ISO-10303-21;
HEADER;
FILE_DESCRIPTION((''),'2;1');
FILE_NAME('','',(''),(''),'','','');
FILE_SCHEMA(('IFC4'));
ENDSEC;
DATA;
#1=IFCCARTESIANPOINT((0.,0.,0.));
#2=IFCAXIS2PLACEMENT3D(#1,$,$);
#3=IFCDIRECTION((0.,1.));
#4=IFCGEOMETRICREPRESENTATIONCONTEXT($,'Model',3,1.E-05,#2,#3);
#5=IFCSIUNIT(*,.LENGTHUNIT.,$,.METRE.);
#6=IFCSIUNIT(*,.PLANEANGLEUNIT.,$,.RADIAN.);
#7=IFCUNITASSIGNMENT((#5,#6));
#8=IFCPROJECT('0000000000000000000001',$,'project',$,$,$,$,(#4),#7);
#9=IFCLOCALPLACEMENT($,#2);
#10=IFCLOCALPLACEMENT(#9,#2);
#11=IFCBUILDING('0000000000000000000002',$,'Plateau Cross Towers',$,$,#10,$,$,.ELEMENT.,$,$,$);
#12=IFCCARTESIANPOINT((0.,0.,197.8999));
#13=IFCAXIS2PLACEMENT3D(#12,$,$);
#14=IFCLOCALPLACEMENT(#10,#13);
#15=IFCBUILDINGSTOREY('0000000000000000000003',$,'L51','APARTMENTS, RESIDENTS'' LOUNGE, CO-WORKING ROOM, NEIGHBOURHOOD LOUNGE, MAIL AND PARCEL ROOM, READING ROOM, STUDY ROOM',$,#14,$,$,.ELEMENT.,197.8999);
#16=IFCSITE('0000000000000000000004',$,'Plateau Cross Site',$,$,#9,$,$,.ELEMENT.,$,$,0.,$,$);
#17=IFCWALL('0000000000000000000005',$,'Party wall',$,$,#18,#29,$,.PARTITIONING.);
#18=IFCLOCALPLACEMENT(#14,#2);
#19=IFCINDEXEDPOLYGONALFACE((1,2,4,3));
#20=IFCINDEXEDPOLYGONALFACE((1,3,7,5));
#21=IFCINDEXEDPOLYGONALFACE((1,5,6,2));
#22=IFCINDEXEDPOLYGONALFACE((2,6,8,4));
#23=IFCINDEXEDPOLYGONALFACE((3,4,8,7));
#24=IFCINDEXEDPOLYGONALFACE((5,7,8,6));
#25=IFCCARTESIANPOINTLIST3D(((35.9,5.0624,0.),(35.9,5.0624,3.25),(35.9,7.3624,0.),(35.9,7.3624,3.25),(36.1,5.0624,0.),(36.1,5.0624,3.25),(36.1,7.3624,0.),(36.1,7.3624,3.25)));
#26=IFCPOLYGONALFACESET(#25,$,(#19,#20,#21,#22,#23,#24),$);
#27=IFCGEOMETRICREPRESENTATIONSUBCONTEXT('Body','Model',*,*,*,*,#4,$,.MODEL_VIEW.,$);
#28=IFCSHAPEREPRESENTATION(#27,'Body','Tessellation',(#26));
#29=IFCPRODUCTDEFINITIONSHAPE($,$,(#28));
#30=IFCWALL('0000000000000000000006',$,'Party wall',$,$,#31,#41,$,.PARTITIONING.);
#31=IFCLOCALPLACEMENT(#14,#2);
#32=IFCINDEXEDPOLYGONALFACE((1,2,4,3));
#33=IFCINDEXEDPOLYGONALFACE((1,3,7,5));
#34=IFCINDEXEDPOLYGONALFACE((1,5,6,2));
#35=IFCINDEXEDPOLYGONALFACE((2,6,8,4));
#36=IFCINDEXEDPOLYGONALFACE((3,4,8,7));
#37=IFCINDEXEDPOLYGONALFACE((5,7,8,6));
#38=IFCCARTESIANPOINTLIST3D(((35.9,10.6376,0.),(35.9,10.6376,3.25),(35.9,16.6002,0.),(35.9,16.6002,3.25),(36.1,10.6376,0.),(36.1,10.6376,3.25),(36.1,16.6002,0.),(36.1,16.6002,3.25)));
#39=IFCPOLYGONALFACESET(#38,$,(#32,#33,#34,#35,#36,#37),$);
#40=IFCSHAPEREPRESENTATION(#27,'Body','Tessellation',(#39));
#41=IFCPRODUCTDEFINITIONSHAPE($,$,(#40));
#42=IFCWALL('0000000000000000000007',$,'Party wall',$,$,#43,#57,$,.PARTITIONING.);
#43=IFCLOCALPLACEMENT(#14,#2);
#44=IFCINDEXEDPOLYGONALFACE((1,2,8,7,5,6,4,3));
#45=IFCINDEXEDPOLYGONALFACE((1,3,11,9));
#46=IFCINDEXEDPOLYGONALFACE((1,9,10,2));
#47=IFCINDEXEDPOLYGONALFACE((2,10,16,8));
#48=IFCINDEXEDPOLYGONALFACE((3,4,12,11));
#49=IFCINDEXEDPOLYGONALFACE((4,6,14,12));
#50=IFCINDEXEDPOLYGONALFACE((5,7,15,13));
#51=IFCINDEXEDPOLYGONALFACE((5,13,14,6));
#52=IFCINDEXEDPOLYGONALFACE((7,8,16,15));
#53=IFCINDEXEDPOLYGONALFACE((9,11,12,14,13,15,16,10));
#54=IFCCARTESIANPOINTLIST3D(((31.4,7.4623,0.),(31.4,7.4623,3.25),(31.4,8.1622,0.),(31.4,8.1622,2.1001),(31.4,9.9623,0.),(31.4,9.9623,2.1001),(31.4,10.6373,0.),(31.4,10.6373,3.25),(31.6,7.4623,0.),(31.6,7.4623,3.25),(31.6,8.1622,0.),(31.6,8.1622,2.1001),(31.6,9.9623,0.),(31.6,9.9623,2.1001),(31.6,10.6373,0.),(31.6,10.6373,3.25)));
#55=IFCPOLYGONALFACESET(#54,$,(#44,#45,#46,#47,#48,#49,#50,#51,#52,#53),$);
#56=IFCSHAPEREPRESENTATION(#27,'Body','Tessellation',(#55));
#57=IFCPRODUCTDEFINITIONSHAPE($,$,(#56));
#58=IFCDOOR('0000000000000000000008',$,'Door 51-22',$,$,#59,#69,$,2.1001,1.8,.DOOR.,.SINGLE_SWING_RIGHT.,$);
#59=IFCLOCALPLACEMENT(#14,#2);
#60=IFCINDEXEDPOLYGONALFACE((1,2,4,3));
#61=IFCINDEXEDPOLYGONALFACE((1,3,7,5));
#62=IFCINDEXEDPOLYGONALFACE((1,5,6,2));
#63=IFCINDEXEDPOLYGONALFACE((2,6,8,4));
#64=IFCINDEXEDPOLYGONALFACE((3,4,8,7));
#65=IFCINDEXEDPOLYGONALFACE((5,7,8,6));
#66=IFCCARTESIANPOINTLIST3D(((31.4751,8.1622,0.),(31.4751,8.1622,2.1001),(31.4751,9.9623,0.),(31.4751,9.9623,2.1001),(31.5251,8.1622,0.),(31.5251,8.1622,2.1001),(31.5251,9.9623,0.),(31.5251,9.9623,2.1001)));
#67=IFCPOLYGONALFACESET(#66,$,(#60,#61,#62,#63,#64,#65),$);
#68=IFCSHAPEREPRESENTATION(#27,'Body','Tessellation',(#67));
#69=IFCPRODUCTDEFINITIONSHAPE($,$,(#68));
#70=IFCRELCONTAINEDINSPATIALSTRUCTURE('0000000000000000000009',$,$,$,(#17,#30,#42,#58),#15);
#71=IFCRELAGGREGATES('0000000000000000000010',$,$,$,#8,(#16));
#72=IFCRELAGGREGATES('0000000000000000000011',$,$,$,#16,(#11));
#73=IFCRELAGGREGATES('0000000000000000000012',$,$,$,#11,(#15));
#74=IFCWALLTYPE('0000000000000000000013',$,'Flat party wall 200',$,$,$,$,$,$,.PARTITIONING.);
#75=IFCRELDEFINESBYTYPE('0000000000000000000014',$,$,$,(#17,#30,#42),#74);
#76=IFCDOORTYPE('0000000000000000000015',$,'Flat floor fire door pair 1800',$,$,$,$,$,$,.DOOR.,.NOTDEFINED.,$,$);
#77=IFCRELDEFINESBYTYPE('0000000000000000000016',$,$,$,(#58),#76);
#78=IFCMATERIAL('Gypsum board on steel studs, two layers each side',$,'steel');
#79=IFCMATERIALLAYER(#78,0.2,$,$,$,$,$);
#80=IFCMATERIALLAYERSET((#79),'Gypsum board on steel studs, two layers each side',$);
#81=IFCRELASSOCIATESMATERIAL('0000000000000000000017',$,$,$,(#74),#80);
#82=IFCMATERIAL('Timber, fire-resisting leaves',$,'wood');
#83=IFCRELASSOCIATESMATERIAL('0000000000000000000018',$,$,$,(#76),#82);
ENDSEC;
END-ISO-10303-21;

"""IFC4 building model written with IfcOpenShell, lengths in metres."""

from ifc_helpers import new_model, si_unit, direction, frame, frame_2d, origin, place, context, subcontext, project, spatial, rectangle, extrude, material, layer, layer_set, type_object, element, fill, save


model = new_model("IFC4")

# Units and contexts
model_context = context("Model", 3, precision=1e-05, world=origin(), true_north=direction((0.0, 1.0)))
body_context = subcontext(model_context, "Body", "Model", "MODEL_VIEW")
ifc_project = project(units=[si_unit("LENGTHUNIT", "METRE"), si_unit("PLANEANGLEUNIT", "RADIAN")], contexts=[model_context])

# Site, building, storey
site_placement = place(None, origin())
site = spatial("IfcSite", under=ifc_project, at=site_placement, Name="Plateau Cross Site", CompositionType="ELEMENT", RefElevation=0.0)
building_placement = place(site_placement, origin())
building = spatial("IfcBuilding", under=site, at=building_placement, Name="Plateau Cross Towers", CompositionType="ELEMENT")
storey_placement = place(building_placement, frame((0.0, 0.0, 197.8999)))
storey = spatial("IfcBuildingStorey", under=building, at=storey_placement, Name="L51", Description="APARTMENTS, RESIDENTS' LOUNGE, CO-WORKING ROOM, NEIGHBOURHOOD LOUNGE, MAIL AND PARCEL ROOM, READING ROOM, STUDY ROOM", CompositionType="ELEMENT", Elevation=197.8999)

# Walls
ifc_material_1 = material(Name="Gypsum board on steel studs, two layers each side", Category="steel")
ifc_layer_1 = layer(ifc_material_1, 0.2)
ifc_layer_set_1 = layer_set([ifc_layer_1], Name="Gypsum board on steel studs, two layers each side")
wall_type_1 = type_object("IfcWallType", Name="Flat party wall 200", PredefinedType="PARTITIONING", material=ifc_layer_set_1)
wall_1_placement = place(storey_placement, frame((36.0, 5.0625, 0.0), z_axis=(0.0, 0.0, 1.0), x_axis=(0.0, 1.0, 0.0)))
element("IfcWall", 1, at=wall_1_placement, inside=storey, type_object=wall_type_1, Name="Party wall", PredefinedType="PARTITIONING", context=body_context, shape_type="SweptSolid", body=[
    extrude(rectangle(XDim=2.3, YDim=0.2, at=frame_2d((1.1499, 0.0))), origin(), (0.0, 0.0, 1.0), 3.25),
])
wall_2_placement = place(storey_placement, frame((36.0, 10.6375, 0.0), z_axis=(0.0, 0.0, 1.0), x_axis=(0.0, 1.0, 0.0)))
element("IfcWall", 2, at=wall_2_placement, inside=storey, type_object=wall_type_1, Name="Party wall", PredefinedType="PARTITIONING", context=body_context, shape_type="SweptSolid", body=[
    extrude(rectangle(XDim=5.9626, YDim=0.2, at=frame_2d((2.9814, 0.0))), origin(), (0.0, 0.0, 1.0), 3.25),
])

# Wall, opening, door
wall_3_placement = place(storey_placement, frame((31.5, 7.4624, 0.0), z_axis=(0.0, 0.0, 1.0), x_axis=(0.0, 1.0, 0.0)))
wall_3 = element("IfcWall", 3, at=wall_3_placement, inside=storey, type_object=wall_type_1, Name="Party wall", PredefinedType="PARTITIONING", context=body_context, shape_type="SweptSolid", body=[
    extrude(rectangle(XDim=3.175, YDim=0.2, at=frame_2d((1.5874, 0.0))), origin(), (0.0, 0.0, 1.0), 3.25),
])
opening_1_placement = place(wall_3_placement, frame((0.7, 0.0, 0.0)))
opening_1 = element("IfcOpeningElement", 4, at=opening_1_placement, cuts=wall_3, PredefinedType="OPENING", context=body_context, shape_type="SweptSolid", body=[
    extrude(rectangle(XDim=1.8, YDim=2.1001, at=frame_2d((0.8999, 1.05))), frame((0.0, 0.1099, 0.0), z_axis=(0.0, -1.0, 0.0), x_axis=(1.0, 0.0, 0.0)), (0.0, 0.0, 1.0), 0.22),
])
ifc_material_2 = material(Name="Timber, fire-resisting leaves", Category="wood")
door_type_1 = type_object("IfcDoorType", Name="Flat floor fire door pair 1800", OperationType="NOTDEFINED", PredefinedType="DOOR", material=ifc_material_2)
door_1_placement = place(opening_1_placement, origin())
door_1 = element("IfcDoor", 5, at=door_1_placement, inside=storey, type_object=door_type_1, Name="Door 51-22", OperationType="SINGLE_SWING_RIGHT", OverallHeight=2.1001, OverallWidth=1.8, PredefinedType="DOOR", context=body_context, shape_type="SweptSolid", body=[
    extrude(rectangle(XDim=1.8, YDim=2.1001, at=frame_2d((0.8999, 1.05))), frame((0.0, 0.0249, 0.0), z_axis=(0.0, -1.0, 0.0), x_axis=(1.0, 0.0, 0.0)), (0.0, 0.0, 1.0), 0.05),
])
fill(opening_1, door_1)

save(model, "model.ifc")
